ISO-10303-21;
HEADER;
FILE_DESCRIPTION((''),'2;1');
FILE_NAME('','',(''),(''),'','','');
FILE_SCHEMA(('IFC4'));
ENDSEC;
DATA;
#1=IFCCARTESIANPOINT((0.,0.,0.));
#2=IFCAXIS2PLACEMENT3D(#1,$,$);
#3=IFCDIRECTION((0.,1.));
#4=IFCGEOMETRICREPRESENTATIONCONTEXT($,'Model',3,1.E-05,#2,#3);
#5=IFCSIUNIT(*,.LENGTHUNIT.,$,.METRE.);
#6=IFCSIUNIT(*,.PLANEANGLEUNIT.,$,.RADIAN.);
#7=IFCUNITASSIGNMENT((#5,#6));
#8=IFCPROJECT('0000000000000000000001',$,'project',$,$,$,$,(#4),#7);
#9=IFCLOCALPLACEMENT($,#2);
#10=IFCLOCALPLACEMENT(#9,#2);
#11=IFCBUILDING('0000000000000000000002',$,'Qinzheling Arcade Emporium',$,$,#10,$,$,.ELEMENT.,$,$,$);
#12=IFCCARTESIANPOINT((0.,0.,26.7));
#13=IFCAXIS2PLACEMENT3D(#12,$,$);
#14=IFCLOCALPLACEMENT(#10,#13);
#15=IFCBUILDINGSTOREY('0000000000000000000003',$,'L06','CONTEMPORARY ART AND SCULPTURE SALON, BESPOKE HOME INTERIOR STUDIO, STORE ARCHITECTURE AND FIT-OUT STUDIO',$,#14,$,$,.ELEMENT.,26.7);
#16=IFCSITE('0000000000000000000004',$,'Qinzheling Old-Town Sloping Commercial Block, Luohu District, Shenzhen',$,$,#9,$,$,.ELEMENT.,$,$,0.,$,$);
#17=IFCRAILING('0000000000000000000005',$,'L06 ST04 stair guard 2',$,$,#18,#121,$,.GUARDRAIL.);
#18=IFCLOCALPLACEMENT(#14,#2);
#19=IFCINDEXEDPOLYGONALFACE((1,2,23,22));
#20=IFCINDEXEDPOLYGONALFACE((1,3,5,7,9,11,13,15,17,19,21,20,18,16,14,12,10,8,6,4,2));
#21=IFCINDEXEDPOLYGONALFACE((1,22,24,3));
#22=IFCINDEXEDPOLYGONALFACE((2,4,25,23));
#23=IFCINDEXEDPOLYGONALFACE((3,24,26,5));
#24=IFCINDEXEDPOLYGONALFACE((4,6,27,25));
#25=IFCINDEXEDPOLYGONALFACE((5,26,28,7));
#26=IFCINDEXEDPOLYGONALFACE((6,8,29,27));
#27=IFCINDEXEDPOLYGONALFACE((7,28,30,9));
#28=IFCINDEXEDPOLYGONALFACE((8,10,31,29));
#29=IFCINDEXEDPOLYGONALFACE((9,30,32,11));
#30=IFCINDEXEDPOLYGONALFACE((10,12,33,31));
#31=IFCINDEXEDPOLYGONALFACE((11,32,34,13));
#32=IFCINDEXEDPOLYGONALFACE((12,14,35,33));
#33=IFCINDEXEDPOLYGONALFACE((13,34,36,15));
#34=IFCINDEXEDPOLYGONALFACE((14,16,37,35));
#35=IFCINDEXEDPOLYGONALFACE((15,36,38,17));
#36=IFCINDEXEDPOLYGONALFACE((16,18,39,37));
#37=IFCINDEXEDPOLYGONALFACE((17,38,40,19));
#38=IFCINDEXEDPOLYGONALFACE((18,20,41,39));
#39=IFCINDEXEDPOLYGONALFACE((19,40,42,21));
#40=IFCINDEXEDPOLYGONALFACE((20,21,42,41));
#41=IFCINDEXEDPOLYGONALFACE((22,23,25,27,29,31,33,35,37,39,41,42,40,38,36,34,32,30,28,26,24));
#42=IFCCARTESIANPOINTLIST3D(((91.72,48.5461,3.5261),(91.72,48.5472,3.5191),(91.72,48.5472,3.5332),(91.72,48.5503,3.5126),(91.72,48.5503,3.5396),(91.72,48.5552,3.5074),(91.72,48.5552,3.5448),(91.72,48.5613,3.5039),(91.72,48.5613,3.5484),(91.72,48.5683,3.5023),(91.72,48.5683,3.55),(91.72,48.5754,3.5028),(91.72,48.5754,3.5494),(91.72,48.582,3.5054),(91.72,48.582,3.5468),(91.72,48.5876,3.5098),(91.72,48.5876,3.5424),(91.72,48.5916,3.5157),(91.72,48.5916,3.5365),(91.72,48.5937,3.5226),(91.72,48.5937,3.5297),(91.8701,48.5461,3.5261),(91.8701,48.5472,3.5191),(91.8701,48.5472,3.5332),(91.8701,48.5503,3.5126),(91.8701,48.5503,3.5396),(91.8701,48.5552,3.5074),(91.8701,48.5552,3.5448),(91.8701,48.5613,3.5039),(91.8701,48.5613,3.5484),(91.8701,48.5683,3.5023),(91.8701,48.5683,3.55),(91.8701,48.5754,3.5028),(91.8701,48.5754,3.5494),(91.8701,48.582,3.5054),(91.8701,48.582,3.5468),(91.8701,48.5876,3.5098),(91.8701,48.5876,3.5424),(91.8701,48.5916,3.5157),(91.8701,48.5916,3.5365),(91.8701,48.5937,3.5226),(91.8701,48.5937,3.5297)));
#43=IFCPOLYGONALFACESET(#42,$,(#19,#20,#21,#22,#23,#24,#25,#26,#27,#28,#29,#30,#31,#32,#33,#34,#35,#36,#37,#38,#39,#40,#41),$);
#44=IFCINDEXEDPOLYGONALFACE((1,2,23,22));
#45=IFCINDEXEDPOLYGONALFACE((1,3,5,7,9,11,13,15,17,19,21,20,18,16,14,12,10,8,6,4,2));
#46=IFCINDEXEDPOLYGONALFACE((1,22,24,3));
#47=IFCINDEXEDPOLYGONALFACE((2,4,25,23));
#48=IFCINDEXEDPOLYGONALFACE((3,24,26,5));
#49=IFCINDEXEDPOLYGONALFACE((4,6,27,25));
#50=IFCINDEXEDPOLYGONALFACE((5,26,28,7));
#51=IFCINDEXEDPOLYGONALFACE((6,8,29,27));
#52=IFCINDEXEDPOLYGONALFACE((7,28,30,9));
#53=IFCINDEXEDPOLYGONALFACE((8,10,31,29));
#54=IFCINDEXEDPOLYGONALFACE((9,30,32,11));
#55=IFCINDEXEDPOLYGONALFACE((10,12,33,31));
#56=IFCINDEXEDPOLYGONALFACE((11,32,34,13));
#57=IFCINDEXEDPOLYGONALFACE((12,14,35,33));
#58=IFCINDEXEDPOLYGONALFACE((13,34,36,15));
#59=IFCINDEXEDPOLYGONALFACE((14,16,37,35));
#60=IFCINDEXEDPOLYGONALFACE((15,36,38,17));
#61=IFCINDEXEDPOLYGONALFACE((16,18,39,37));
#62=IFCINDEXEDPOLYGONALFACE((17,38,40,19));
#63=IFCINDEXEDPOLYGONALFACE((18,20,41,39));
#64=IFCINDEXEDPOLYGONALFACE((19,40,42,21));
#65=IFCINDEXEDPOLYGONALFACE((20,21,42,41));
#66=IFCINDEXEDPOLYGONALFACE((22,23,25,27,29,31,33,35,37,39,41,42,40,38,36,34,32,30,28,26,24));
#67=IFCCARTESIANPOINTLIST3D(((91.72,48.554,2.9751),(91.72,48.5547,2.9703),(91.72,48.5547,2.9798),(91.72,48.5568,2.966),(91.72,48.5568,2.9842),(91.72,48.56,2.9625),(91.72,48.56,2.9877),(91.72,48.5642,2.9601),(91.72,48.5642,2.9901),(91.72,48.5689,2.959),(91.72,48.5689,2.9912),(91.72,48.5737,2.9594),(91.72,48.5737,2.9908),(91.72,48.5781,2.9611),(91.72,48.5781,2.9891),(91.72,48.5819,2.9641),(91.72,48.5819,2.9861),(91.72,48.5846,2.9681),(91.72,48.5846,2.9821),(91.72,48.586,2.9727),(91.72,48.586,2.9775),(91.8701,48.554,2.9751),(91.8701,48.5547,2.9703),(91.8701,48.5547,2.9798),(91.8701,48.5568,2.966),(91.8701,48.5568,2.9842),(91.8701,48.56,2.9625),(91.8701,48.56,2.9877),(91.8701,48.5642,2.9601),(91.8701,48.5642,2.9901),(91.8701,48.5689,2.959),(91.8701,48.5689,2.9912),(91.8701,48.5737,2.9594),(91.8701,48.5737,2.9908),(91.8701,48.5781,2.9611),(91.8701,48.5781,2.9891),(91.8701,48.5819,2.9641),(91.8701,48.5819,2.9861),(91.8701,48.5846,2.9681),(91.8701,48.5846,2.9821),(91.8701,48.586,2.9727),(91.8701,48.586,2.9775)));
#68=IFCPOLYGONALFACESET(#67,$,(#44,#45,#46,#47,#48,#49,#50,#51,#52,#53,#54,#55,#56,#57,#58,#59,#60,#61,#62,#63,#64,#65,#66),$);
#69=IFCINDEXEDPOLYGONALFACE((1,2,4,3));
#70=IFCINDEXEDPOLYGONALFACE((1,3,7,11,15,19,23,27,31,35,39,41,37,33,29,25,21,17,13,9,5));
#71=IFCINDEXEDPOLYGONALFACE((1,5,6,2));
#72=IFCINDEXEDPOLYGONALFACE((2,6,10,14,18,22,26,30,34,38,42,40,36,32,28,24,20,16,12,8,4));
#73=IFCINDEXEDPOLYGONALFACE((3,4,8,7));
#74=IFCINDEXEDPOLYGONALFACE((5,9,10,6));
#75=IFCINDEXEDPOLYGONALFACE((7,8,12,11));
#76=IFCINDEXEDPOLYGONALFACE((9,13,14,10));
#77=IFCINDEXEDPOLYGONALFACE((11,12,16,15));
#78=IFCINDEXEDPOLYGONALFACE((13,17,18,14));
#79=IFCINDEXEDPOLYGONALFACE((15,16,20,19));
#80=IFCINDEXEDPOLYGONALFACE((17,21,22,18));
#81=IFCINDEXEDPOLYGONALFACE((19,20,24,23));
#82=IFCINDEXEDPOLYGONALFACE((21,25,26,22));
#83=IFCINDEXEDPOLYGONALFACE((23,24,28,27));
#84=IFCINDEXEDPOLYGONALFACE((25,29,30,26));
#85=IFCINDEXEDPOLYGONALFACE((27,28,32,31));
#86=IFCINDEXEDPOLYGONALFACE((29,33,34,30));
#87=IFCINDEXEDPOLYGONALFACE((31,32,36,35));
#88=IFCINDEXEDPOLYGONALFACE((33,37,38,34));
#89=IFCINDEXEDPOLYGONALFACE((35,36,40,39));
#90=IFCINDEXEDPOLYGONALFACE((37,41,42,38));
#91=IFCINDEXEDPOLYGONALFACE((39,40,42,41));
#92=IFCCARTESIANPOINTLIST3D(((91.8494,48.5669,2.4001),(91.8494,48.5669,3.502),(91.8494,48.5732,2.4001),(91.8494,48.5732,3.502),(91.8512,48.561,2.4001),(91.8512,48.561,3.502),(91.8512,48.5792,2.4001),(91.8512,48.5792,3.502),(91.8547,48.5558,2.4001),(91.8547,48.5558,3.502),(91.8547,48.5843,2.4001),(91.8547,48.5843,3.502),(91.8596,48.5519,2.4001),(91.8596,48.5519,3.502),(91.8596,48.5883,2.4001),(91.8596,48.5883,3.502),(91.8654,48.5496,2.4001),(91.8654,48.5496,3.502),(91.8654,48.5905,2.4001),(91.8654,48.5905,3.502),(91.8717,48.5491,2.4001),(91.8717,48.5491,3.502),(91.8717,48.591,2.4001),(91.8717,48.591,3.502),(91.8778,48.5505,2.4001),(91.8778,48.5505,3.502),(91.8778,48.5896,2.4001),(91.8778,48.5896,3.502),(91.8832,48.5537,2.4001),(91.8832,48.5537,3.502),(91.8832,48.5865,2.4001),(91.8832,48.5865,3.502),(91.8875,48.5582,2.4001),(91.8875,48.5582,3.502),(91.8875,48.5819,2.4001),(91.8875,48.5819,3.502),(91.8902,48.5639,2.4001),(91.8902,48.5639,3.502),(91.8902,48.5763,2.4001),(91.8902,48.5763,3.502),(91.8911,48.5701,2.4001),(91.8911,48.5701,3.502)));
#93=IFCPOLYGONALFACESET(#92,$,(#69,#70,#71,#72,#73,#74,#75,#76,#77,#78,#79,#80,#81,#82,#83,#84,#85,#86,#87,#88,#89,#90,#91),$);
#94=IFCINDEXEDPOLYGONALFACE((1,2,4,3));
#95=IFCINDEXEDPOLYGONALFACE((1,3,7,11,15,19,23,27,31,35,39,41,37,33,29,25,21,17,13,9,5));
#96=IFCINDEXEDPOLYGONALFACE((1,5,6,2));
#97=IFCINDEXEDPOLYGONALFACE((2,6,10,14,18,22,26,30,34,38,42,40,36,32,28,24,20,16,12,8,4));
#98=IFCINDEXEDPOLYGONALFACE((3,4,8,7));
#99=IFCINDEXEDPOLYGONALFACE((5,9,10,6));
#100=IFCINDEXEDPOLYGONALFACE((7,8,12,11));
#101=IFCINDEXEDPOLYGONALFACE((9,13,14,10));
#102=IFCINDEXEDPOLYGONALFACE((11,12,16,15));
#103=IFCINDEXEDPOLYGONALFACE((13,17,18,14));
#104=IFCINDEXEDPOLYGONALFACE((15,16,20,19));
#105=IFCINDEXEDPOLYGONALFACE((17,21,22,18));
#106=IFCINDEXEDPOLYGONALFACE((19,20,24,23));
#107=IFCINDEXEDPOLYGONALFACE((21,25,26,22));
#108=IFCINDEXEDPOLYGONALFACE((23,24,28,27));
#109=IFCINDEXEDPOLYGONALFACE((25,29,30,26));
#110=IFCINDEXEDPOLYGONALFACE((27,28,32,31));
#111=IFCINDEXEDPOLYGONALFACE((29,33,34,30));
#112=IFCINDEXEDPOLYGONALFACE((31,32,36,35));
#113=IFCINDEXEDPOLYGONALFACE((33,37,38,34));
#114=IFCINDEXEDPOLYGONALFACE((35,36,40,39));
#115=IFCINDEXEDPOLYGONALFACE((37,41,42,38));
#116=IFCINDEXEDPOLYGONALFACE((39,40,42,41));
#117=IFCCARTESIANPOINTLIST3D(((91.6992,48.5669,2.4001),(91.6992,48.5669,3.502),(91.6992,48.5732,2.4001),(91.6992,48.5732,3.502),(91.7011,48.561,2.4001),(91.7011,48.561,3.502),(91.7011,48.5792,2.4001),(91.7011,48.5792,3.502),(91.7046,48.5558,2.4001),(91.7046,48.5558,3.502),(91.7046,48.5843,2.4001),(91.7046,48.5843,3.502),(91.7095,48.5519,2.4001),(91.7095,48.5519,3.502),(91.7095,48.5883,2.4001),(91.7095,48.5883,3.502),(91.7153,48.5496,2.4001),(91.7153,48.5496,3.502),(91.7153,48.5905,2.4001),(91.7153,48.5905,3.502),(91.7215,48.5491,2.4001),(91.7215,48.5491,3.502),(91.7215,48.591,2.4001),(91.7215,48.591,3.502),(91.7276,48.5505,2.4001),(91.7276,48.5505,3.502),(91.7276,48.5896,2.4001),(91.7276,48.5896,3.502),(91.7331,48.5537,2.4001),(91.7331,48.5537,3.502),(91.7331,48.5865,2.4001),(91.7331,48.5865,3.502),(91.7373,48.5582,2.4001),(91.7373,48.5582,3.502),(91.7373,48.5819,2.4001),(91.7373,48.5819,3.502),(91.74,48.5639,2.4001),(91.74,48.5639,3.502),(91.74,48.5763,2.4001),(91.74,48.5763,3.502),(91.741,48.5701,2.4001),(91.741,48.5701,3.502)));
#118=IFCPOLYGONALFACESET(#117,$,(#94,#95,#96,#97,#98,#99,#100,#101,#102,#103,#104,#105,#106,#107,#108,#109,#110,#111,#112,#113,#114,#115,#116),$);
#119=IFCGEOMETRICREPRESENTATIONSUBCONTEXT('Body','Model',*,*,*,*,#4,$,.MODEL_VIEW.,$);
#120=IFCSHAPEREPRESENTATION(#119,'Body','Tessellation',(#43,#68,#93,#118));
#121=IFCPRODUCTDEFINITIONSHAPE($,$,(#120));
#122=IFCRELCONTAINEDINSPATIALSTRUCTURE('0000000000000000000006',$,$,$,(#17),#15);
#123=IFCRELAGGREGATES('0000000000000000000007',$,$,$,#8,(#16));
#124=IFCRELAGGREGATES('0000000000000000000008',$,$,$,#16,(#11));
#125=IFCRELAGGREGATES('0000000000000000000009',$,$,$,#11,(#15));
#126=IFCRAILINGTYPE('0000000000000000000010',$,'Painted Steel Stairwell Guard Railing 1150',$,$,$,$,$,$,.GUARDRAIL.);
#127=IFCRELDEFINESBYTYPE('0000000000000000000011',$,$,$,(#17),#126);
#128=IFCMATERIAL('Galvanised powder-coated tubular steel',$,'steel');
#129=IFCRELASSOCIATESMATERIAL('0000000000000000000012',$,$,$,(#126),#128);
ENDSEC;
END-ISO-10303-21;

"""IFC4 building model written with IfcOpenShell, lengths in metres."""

from ifc_helpers import new_model, si_unit, direction, frame, origin, origin_2d, place, context, subcontext, project, spatial, circle, extrude, material, type_object, element, save


model = new_model("IFC4")

# Units and contexts
model_context = context("Model", 3, precision=1e-05, world=origin(), true_north=direction((0.0, 1.0)))
body_context = subcontext(model_context, "Body", "Model", "MODEL_VIEW")
ifc_project = project(units=[si_unit("LENGTHUNIT", "METRE"), si_unit("PLANEANGLEUNIT", "RADIAN")], contexts=[model_context])

# Site, building, storey
site_placement = place(None, origin())
site = spatial("IfcSite", under=ifc_project, at=site_placement, Name="Qinzheling Old-Town Sloping Commercial Block, Luohu District, Shenzhen", CompositionType="ELEMENT", RefElevation=0.0)
building_placement = place(site_placement, origin())
building = spatial("IfcBuilding", under=site, at=building_placement, Name="Qinzheling Arcade Emporium", CompositionType="ELEMENT")
storey_placement = place(building_placement, frame((0.0, 0.0, 26.7)))
storey = spatial("IfcBuildingStorey", under=building, at=storey_placement, Name="L06", Description="CONTEMPORARY ART AND SCULPTURE SALON, BESPOKE HOME INTERIOR STUDIO, STORE ARCHITECTURE AND FIT-OUT STUDIO", CompositionType="ELEMENT", Elevation=26.7)

# Railing
ifc_material_1 = material(Name="Galvanised powder-coated tubular steel", Category="steel")
railing_type_1 = type_object("IfcRailingType", Name="Painted Steel Stairwell Guard Railing 1150", PredefinedType="GUARDRAIL", material=ifc_material_1)
railing_1_placement = place(storey_placement, frame((91.8701, 48.5701, 2.4001)))
element("IfcRailing", 1, at=railing_1_placement, inside=storey, type_object=railing_type_1, Name="L06 ST04 stair guard 2", PredefinedType="GUARDRAIL", context=body_context, shape_type="SweptSolid", body=[
    extrude(circle(Radius=0.0239, at=origin_2d()), frame((0.0, 0.0, 1.126), z_axis=(-1.0, 0.0, 0.0), x_axis=(0.0, -1.0, 0.0)), (0.0, 0.0, 1.0), 0.1501),
    extrude(circle(Radius=0.0161, at=origin_2d()), frame((0.0, 0.0, 0.575), z_axis=(-1.0, 0.0, 0.0), x_axis=(0.0, -1.0, 0.0)), (0.0, 0.0, 1.0), 0.1501),
    extrude(circle(Radius=0.021, at=origin_2d()), origin(), (0.0, 0.0, 1.0), 1.1018),
    extrude(circle(Radius=0.021, at=origin_2d()), frame((-0.1501, 0.0, 0.0)), (0.0, 0.0, 1.0), 1.1018),
])

save(model, "model.ifc")
